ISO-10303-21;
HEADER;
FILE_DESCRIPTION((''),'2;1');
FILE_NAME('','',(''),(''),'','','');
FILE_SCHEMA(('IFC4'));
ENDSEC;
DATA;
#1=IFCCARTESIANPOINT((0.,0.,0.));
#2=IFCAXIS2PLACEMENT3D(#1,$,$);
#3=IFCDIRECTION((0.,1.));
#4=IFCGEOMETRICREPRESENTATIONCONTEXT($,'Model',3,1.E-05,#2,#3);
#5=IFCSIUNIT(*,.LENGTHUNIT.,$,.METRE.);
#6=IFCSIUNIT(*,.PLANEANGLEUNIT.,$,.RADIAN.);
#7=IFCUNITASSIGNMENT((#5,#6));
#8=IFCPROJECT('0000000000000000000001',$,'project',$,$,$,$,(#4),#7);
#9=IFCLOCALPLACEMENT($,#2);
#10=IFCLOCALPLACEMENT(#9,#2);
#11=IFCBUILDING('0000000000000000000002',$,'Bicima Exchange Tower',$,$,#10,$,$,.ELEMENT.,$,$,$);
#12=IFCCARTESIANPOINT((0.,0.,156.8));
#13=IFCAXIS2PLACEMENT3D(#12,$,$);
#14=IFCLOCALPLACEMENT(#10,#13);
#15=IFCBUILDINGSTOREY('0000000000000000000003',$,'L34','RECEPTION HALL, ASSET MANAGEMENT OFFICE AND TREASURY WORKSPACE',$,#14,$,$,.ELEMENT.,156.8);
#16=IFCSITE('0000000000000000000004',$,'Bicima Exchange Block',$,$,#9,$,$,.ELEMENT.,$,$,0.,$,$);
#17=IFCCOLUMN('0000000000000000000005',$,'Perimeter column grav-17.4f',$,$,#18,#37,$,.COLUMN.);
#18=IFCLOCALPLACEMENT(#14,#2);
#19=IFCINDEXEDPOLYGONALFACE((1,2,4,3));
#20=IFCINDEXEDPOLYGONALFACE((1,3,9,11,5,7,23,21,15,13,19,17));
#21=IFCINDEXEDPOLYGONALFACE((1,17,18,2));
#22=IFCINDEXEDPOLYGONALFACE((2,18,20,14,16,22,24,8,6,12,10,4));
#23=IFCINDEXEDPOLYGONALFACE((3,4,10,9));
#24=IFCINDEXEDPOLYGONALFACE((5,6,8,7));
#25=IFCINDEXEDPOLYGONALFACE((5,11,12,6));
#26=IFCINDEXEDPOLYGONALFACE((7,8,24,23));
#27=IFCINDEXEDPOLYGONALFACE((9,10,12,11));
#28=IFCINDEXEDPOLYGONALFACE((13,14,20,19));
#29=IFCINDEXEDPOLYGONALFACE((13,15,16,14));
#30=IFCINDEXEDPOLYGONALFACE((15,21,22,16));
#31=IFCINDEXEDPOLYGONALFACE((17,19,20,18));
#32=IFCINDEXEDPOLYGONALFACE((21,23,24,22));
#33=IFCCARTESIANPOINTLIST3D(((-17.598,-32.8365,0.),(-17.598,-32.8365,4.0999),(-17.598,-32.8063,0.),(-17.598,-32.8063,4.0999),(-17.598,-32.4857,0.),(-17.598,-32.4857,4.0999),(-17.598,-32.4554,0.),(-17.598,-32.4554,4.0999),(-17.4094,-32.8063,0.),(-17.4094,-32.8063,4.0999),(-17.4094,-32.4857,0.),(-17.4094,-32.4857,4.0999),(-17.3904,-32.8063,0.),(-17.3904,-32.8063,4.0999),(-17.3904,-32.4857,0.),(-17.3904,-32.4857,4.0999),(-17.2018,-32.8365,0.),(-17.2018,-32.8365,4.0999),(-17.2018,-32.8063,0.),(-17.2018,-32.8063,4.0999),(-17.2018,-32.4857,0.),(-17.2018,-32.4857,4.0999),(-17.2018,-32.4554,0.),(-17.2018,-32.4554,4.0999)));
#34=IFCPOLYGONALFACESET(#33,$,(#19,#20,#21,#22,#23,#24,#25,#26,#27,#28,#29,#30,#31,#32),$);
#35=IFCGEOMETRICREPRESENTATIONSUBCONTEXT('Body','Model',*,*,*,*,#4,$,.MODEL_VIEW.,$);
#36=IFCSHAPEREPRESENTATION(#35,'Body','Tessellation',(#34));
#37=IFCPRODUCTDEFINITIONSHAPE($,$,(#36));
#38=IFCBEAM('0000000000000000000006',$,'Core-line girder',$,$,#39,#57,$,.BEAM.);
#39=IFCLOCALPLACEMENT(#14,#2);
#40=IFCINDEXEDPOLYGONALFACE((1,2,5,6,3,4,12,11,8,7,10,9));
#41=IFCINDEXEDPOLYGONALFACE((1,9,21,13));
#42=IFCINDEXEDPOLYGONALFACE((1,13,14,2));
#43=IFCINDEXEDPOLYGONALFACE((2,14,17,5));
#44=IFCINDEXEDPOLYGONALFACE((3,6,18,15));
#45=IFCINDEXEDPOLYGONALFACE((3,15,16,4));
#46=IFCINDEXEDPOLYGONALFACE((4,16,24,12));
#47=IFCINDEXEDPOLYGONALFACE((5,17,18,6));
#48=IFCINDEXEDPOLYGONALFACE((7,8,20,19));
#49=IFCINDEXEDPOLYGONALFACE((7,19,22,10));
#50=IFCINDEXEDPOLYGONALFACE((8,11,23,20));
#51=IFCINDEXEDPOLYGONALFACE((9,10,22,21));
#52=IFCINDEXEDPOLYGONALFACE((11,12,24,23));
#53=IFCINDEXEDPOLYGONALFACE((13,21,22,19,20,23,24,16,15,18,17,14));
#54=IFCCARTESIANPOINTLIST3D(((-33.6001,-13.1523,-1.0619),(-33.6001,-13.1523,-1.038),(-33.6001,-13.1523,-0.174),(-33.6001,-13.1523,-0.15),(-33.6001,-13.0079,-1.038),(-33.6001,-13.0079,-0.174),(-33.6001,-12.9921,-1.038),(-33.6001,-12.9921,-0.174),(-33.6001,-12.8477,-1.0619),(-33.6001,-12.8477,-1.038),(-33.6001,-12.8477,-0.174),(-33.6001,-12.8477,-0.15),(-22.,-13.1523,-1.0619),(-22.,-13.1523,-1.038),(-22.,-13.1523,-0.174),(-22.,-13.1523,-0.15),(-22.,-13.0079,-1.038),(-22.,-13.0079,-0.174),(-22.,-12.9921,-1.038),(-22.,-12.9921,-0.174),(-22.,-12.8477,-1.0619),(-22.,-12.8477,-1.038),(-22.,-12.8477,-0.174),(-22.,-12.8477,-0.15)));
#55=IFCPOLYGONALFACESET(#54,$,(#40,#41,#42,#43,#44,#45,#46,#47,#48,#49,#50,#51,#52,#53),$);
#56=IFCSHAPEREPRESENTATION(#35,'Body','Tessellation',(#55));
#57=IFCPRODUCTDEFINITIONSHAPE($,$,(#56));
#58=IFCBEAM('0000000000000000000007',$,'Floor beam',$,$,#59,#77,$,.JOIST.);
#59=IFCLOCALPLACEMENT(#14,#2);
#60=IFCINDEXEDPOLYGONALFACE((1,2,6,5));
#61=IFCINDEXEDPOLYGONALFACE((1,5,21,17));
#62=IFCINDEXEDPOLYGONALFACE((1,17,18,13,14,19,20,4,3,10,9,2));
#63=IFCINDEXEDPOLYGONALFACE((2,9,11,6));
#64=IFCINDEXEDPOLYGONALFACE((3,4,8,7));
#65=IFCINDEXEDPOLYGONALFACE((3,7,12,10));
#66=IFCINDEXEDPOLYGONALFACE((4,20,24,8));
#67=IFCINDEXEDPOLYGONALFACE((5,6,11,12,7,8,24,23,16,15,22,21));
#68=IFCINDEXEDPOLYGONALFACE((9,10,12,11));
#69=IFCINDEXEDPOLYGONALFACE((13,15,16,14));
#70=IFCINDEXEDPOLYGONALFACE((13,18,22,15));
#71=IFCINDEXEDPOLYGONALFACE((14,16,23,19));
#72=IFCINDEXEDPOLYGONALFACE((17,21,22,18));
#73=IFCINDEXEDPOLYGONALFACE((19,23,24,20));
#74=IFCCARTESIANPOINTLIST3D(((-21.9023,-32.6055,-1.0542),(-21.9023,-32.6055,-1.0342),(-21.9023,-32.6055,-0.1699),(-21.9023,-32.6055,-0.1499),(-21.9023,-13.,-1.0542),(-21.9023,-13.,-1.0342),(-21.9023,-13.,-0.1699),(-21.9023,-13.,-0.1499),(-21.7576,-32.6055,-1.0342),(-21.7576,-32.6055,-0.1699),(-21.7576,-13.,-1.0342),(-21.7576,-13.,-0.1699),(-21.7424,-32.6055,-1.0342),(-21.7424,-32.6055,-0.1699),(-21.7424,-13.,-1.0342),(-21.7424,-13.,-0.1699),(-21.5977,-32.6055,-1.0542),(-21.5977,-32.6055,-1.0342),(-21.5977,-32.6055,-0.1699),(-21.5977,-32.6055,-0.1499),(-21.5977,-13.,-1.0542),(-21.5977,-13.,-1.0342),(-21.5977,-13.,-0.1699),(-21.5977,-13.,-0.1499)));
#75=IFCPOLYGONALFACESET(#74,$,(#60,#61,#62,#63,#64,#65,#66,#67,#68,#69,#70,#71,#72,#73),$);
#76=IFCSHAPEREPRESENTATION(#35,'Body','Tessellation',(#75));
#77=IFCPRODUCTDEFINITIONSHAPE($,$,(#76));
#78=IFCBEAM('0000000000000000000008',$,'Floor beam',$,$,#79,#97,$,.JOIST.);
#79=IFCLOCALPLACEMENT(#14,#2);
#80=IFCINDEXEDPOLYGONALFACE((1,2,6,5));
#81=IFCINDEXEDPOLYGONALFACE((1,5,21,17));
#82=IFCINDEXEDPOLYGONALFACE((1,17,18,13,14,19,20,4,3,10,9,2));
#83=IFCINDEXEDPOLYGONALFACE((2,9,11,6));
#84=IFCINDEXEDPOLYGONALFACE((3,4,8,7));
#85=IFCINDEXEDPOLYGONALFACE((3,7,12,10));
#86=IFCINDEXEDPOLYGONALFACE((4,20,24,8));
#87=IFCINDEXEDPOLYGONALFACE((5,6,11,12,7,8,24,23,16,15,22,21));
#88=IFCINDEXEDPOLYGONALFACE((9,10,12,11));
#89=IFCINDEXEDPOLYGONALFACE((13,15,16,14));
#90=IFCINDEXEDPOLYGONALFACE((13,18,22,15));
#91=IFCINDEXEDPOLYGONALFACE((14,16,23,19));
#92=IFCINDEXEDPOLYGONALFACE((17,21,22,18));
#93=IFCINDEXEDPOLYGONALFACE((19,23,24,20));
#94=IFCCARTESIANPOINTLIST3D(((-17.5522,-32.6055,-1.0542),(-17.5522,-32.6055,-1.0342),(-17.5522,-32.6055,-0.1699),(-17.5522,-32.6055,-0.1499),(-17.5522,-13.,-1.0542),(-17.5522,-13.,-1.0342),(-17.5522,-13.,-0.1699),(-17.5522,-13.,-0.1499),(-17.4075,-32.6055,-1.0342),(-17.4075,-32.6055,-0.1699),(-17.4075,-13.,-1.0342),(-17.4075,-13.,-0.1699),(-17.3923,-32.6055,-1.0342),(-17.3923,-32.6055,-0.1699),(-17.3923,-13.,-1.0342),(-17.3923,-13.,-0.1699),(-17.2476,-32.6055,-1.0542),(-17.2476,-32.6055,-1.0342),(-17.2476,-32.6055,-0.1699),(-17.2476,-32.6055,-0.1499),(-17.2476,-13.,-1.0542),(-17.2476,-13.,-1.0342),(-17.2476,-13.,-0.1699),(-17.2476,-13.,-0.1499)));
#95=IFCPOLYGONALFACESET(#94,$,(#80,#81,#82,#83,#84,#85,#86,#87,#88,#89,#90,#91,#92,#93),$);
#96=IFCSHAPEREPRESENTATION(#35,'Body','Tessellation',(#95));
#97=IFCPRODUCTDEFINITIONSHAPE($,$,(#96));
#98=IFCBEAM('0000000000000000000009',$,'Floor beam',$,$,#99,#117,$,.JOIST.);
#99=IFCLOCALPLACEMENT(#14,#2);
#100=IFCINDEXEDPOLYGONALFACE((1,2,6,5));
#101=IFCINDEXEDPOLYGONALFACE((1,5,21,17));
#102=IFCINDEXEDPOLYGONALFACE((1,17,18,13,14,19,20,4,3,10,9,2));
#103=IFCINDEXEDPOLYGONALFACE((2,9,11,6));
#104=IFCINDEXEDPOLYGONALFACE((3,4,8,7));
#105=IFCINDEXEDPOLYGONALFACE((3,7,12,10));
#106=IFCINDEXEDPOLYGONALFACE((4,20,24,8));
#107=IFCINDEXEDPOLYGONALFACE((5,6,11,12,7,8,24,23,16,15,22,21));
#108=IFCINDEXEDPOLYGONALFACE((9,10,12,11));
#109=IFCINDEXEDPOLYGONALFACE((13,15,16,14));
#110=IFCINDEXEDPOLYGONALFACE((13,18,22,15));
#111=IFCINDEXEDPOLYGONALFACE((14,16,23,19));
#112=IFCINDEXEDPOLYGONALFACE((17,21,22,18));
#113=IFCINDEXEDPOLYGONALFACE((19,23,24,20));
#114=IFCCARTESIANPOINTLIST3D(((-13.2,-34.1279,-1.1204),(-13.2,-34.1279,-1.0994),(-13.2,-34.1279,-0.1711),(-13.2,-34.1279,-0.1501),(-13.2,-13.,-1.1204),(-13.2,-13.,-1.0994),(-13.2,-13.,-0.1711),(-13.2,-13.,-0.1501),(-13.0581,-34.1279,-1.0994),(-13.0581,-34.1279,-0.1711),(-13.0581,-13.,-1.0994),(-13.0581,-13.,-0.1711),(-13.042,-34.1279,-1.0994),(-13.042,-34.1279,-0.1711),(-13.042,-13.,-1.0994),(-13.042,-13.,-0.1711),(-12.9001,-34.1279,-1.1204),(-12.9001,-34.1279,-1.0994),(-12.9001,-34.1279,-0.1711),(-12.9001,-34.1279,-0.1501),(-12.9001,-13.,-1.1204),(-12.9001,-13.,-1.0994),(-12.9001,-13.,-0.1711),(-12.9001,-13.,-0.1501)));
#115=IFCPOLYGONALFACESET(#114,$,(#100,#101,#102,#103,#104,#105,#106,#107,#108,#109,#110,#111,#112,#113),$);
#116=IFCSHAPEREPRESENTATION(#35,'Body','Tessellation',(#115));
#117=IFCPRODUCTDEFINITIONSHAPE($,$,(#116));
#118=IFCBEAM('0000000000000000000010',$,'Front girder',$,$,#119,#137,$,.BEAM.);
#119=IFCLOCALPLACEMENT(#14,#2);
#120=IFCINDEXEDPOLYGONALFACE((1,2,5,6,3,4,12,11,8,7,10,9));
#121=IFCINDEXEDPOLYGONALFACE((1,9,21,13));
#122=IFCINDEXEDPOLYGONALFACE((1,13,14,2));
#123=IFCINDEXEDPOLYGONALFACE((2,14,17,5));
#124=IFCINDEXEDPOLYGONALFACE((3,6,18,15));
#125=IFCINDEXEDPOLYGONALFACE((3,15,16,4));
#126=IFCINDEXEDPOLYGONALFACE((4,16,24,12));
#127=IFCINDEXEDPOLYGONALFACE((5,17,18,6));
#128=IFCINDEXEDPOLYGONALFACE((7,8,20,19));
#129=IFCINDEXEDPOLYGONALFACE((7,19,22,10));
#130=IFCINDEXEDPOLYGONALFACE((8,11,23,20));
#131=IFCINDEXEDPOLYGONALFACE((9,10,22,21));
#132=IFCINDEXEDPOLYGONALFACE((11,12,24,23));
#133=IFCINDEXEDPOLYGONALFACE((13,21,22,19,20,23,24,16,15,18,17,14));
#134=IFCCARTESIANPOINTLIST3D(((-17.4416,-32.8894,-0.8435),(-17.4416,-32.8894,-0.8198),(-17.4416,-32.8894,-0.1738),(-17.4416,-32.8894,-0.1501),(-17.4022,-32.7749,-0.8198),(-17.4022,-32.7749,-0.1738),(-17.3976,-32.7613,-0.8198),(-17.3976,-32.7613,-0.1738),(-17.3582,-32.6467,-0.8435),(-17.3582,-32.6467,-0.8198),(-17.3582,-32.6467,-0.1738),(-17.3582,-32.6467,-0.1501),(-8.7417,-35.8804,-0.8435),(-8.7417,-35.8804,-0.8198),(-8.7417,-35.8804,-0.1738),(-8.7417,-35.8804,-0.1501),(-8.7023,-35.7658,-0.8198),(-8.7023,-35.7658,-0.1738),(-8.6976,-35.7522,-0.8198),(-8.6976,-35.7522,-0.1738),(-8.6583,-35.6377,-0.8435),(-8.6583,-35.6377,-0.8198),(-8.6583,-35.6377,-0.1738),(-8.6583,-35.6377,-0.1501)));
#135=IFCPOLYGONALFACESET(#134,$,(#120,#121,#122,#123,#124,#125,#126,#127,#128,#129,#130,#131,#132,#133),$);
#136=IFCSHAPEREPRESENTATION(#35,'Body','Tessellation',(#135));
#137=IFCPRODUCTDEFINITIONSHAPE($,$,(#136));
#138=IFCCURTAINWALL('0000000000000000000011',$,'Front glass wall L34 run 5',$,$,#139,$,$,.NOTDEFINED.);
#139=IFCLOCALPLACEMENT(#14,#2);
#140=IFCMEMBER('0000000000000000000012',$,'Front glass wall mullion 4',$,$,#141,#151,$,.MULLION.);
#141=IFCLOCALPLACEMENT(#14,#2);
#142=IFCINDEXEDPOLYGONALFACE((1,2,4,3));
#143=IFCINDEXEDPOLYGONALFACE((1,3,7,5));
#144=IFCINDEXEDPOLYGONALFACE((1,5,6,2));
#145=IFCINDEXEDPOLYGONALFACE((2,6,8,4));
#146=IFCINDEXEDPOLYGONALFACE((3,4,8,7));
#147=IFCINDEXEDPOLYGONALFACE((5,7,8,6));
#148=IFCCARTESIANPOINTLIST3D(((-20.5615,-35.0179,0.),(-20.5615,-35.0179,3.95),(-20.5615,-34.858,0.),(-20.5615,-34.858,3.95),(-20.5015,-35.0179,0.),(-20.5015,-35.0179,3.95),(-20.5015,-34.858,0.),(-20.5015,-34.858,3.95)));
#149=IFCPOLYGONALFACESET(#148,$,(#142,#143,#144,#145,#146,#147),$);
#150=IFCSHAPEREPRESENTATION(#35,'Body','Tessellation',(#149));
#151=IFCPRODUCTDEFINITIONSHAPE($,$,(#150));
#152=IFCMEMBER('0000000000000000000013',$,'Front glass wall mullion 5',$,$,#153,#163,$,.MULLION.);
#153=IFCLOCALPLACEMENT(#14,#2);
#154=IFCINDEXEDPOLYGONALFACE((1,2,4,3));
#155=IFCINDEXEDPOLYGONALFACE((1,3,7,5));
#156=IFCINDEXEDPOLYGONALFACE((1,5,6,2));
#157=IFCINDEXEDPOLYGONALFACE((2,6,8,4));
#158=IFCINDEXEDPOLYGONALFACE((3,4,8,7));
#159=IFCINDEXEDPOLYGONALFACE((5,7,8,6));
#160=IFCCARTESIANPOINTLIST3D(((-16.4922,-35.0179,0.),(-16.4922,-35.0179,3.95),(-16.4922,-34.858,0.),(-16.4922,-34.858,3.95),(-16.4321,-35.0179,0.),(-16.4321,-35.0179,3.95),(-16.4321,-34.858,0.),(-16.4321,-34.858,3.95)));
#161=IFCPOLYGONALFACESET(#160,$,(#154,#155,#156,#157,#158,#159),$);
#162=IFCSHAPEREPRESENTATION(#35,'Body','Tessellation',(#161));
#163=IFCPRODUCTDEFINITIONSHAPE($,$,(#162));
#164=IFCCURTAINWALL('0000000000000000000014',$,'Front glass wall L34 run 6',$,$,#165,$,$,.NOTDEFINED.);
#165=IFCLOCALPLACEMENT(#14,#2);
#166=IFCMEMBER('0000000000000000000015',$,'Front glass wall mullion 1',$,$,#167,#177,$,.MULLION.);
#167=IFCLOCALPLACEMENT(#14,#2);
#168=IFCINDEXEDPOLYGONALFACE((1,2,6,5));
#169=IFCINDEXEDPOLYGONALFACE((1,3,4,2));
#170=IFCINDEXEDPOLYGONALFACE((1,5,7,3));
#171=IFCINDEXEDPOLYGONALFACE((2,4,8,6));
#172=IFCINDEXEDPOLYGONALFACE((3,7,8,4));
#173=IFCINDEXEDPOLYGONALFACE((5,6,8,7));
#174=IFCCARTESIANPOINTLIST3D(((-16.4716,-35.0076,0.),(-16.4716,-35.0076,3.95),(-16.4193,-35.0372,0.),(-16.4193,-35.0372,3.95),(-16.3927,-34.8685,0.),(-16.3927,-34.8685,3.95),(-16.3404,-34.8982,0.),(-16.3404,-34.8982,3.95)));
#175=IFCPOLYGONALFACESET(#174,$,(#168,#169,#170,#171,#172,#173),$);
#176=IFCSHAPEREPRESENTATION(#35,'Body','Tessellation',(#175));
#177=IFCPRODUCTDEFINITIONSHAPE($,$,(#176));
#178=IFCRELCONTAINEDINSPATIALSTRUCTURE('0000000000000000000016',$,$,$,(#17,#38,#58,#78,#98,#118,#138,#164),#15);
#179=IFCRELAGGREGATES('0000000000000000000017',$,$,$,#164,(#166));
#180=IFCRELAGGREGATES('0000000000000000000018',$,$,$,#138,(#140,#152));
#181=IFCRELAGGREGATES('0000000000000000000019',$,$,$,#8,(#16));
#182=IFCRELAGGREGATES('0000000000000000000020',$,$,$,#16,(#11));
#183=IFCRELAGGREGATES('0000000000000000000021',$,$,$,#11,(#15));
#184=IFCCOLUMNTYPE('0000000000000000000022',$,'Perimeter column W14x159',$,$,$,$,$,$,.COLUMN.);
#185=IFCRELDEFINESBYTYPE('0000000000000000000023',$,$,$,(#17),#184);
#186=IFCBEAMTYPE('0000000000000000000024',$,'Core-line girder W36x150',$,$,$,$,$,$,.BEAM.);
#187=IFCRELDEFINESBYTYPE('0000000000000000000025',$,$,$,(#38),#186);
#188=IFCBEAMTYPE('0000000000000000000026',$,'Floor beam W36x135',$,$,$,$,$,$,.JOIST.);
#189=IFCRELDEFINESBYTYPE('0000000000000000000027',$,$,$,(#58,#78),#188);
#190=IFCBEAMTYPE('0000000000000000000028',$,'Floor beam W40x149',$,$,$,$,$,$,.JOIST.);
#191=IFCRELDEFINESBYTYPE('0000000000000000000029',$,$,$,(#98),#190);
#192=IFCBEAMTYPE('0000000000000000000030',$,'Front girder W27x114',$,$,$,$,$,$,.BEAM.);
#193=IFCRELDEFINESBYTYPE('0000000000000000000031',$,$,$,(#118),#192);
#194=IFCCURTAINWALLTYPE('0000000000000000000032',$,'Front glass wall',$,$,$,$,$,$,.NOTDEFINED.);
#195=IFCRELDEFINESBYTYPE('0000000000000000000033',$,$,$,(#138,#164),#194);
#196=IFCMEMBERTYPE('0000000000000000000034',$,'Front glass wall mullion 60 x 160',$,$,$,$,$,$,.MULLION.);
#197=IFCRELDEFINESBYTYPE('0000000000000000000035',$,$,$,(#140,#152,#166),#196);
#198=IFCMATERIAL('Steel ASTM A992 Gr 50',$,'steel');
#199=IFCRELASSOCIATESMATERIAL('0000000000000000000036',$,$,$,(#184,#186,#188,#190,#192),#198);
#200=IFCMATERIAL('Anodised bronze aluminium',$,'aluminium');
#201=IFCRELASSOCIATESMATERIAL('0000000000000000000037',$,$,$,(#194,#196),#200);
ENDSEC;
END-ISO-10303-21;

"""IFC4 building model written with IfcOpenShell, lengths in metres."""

from ifc_helpers import new_model, si_unit, direction, frame, origin, origin_2d, place, context, subcontext, project, spatial, rectangle, i_section, extrude, material, material_profile, profile_set, type_object, element, aggregate, save


model = new_model("IFC4")

# Units and contexts
model_context = context("Model", 3, precision=1e-05, world=origin(), true_north=direction((0.0, 1.0)))
body_context = subcontext(model_context, "Body", "Model", "MODEL_VIEW")
ifc_project = project(units=[si_unit("LENGTHUNIT", "METRE"), si_unit("PLANEANGLEUNIT", "RADIAN")], contexts=[model_context])

# Site, building, storey
site_placement = place(None, origin())
site = spatial("IfcSite", under=ifc_project, at=site_placement, Name="Bicima Exchange Block", CompositionType="ELEMENT", RefElevation=0.0)
building_placement = place(site_placement, origin())
building = spatial("IfcBuilding", under=site, at=building_placement, Name="Bicima Exchange Tower", CompositionType="ELEMENT")
storey_placement = place(building_placement, frame((0.0, 0.0, 156.8)))
storey = spatial("IfcBuildingStorey", under=building, at=storey_placement, Name="L34", Description="RECEPTION HALL, ASSET MANAGEMENT OFFICE AND TREASURY WORKSPACE", CompositionType="ELEMENT", Elevation=156.8)

# Column
ifc_material_1 = material(Name="Steel ASTM A992 Gr 50", Category="steel")
ifc_material_profile_1 = material_profile(ifc_material_1, i_section(OverallWidth=0.3962, OverallDepth=0.3811, WebThickness=0.019, FlangeThickness=0.0303, at=origin_2d()))
ifc_profile_set_1 = profile_set([ifc_material_profile_1], Name="Steel ASTM A992 Gr 50")
column_type = type_object("IfcColumnType", Name="Perimeter column W14x159", PredefinedType="COLUMN", material=ifc_profile_set_1)
column_placement = place(storey_placement, frame((-17.3999, -32.646, 0.0), z_axis=(0.0, 0.0, 1.0), x_axis=(1.0, 0.0, 0.0)))
element("IfcColumn", 1, at=column_placement, inside=storey, type_object=column_type, Name="Perimeter column grav-17.4f", PredefinedType="COLUMN", context=body_context, shape_type="SweptSolid", body=[
    extrude(i_section(OverallWidth=0.3962, OverallDepth=0.3811, WebThickness=0.019, FlangeThickness=0.0303, at=origin_2d()), origin(), (0.0, 0.0, 1.0), 4.0999),
])

# Beams
ifc_material_profile_2 = material_profile(ifc_material_1, i_section(OverallWidth=0.3047, OverallDepth=0.9119, WebThickness=0.0159, FlangeThickness=0.0239, at=origin_2d()))
ifc_profile_set_2 = profile_set([ifc_material_profile_2], Name="Steel ASTM A992 Gr 50")
beam_type_1 = type_object("IfcBeamType", Name="Core-line girder W36x150", PredefinedType="BEAM", material=ifc_profile_set_2)
beam_1_placement = place(storey_placement, frame((-22.0, -13.0, -0.606), z_axis=(-1.0, 0.0, 0.0), x_axis=(0.0, -1.0, 0.0)))
element("IfcBeam", 2, at=beam_1_placement, inside=storey, type_object=beam_type_1, Name="Core-line girder", PredefinedType="BEAM", context=body_context, shape_type="SweptSolid", body=[
    extrude(i_section(OverallWidth=0.3047, OverallDepth=0.9119, WebThickness=0.0159, FlangeThickness=0.0239, at=origin_2d()), origin(), (0.0, 0.0, 1.0), 11.6001),
])
ifc_material_profile_3 = material_profile(ifc_material_1, i_section(OverallWidth=0.3047, OverallDepth=0.9043, WebThickness=0.0151, FlangeThickness=0.02, at=origin_2d()))
ifc_profile_set_3 = profile_set([ifc_material_profile_3], Name="Steel ASTM A992 Gr 50")
beam_type_2 = type_object("IfcBeamType", Name="Floor beam W36x135", PredefinedType="JOIST", material=ifc_profile_set_3)
for number, where, z_axis, x_axis, name in (
    (3, (-21.75, -13.0, -0.6021), (0.0, -1.0, 0.0), (1.0, 0.0, 0.0), "Floor beam"),
    (4, (-17.3999, -13.0, -0.6021), (0.0, -1.0, 0.0), (1.0, 0.0, 0.0), "Floor beam"),
):
    element("IfcBeam", number, at=place(storey_placement, frame(where, z_axis=z_axis, x_axis=x_axis)), inside=storey, type_object=beam_type_2, Name=name, PredefinedType="JOIST", context=body_context, shape_type="SweptSolid", body=[
        extrude(i_section(OverallWidth=0.3047, OverallDepth=0.9043, WebThickness=0.0151, FlangeThickness=0.02, at=origin_2d()), origin(), (0.0, 0.0, 1.0), 19.6055),
    ])
ifc_material_profile_4 = material_profile(ifc_material_1, i_section(OverallWidth=0.2998, OverallDepth=0.9702, WebThickness=0.0161, FlangeThickness=0.021, at=origin_2d()))
ifc_profile_set_4 = profile_set([ifc_material_profile_4], Name="Steel ASTM A992 Gr 50")
beam_type_3 = type_object("IfcBeamType", Name="Floor beam W40x149", PredefinedType="JOIST", material=ifc_profile_set_4)
beam_2_placement = place(storey_placement, frame((-13.05, -13.0, -0.6353), z_axis=(0.0, -1.0, 0.0), x_axis=(1.0, 0.0, 0.0)))
element("IfcBeam", 5, at=beam_2_placement, inside=storey, type_object=beam_type_3, Name="Floor beam", PredefinedType="JOIST", context=body_context, shape_type="SweptSolid", body=[
    extrude(i_section(OverallWidth=0.2998, OverallDepth=0.9702, WebThickness=0.0161, FlangeThickness=0.021, at=origin_2d()), origin(), (0.0, 0.0, 1.0), 21.1279),
])
ifc_material_profile_5 = material_profile(ifc_material_1, i_section(OverallWidth=0.2566, OverallDepth=0.6934, WebThickness=0.0144, FlangeThickness=0.0237, at=origin_2d()))
ifc_profile_set_5 = profile_set([ifc_material_profile_5], Name="Steel ASTM A992 Gr 50")
beam_type_4 = type_object("IfcBeamType", Name="Front girder W27x114", PredefinedType="BEAM", material=ifc_profile_set_5)
beam_3_placement = place(storey_placement, frame((-17.3999, -32.7681, -0.4968), z_axis=(0.945675, -0.325115, 0.0), x_axis=(0.325115, 0.945675, 0.0)))
element("IfcBeam", 6, at=beam_3_placement, inside=storey, type_object=beam_type_4, Name="Front girder", PredefinedType="BEAM", context=body_context, shape_type="SweptSolid", body=[
    extrude(i_section(OverallWidth=0.2566, OverallDepth=0.6934, WebThickness=0.0144, FlangeThickness=0.0237, at=origin_2d()), origin(), (0.0, 0.0, 1.0), 9.1997),
])

# Curtain wall, members
ifc_material_2 = material(Name="Anodised bronze aluminium", Category="aluminium")
curtain_wall_type = type_object("IfcCurtainWallType", Name="Front glass wall", PredefinedType="NOTDEFINED", material=ifc_material_2)
curtain_wall_1_placement = place(storey_placement, origin())
curtain_wall_1 = element("IfcCurtainWall", 7, at=curtain_wall_1_placement, inside=storey, type_object=curtain_wall_type, Name="Front glass wall L34 run 5", PredefinedType="NOTDEFINED")
ifc_material_profile_6 = material_profile(ifc_material_2, rectangle(XDim=0.1599, YDim=0.0601, at=origin_2d()))
ifc_profile_set_6 = profile_set([ifc_material_profile_6], Name="Anodised bronze aluminium")
member_type_1 = type_object("IfcMemberType", Name="Front glass wall mullion 60 x 160", PredefinedType="MULLION", material=ifc_profile_set_6)
member_1_placement = place(storey_placement, frame((-20.5315, -34.938, 0.0), z_axis=(0.0, 0.0, 1.0), x_axis=(0.0, 1.0, 0.0)))
member_1 = element("IfcMember", 8, at=member_1_placement, type_object=member_type_1, Name="Front glass wall mullion 4", PredefinedType="MULLION", context=body_context, shape_type="SweptSolid", body=[
    extrude(rectangle(XDim=0.1599, YDim=0.0601, at=origin_2d()), origin(), (0.0, 0.0, 1.0), 3.95),
])
member_2_placement = place(storey_placement, frame((-16.4622, -34.938, 0.0), z_axis=(0.0, 0.0, 1.0), x_axis=(0.0, 1.0, 0.0)))
member_2 = element("IfcMember", 9, at=member_2_placement, type_object=member_type_1, Name="Front glass wall mullion 5", PredefinedType="MULLION", context=body_context, shape_type="SweptSolid", body=[
    extrude(rectangle(XDim=0.1599, YDim=0.0601, at=origin_2d()), origin(), (0.0, 0.0, 1.0), 3.95),
])

# Curtain wall, member
curtain_wall_2_placement = place(storey_placement, origin())
curtain_wall_2 = element("IfcCurtainWall", 10, at=curtain_wall_2_placement, inside=storey, type_object=curtain_wall_type, Name="Front glass wall L34 run 6", PredefinedType="NOTDEFINED")
member_3_placement = place(storey_placement, frame((-16.406, -34.9529, 0.0), z_axis=(0.0, 0.0, 1.0), x_axis=(0.493395, 0.869805, 0.0)))
member_3 = element("IfcMember", 11, at=member_3_placement, type_object=member_type_1, Name="Front glass wall mullion 1", PredefinedType="MULLION", context=body_context, shape_type="SweptSolid", body=[
    extrude(rectangle(XDim=0.1599, YDim=0.0601, at=origin_2d()), origin(), (0.0, 0.0, 1.0), 3.95),
])

aggregate(curtain_wall_2, [member_3])
aggregate(curtain_wall_1, [member_1, member_2])

save(model, "model.ifc")
